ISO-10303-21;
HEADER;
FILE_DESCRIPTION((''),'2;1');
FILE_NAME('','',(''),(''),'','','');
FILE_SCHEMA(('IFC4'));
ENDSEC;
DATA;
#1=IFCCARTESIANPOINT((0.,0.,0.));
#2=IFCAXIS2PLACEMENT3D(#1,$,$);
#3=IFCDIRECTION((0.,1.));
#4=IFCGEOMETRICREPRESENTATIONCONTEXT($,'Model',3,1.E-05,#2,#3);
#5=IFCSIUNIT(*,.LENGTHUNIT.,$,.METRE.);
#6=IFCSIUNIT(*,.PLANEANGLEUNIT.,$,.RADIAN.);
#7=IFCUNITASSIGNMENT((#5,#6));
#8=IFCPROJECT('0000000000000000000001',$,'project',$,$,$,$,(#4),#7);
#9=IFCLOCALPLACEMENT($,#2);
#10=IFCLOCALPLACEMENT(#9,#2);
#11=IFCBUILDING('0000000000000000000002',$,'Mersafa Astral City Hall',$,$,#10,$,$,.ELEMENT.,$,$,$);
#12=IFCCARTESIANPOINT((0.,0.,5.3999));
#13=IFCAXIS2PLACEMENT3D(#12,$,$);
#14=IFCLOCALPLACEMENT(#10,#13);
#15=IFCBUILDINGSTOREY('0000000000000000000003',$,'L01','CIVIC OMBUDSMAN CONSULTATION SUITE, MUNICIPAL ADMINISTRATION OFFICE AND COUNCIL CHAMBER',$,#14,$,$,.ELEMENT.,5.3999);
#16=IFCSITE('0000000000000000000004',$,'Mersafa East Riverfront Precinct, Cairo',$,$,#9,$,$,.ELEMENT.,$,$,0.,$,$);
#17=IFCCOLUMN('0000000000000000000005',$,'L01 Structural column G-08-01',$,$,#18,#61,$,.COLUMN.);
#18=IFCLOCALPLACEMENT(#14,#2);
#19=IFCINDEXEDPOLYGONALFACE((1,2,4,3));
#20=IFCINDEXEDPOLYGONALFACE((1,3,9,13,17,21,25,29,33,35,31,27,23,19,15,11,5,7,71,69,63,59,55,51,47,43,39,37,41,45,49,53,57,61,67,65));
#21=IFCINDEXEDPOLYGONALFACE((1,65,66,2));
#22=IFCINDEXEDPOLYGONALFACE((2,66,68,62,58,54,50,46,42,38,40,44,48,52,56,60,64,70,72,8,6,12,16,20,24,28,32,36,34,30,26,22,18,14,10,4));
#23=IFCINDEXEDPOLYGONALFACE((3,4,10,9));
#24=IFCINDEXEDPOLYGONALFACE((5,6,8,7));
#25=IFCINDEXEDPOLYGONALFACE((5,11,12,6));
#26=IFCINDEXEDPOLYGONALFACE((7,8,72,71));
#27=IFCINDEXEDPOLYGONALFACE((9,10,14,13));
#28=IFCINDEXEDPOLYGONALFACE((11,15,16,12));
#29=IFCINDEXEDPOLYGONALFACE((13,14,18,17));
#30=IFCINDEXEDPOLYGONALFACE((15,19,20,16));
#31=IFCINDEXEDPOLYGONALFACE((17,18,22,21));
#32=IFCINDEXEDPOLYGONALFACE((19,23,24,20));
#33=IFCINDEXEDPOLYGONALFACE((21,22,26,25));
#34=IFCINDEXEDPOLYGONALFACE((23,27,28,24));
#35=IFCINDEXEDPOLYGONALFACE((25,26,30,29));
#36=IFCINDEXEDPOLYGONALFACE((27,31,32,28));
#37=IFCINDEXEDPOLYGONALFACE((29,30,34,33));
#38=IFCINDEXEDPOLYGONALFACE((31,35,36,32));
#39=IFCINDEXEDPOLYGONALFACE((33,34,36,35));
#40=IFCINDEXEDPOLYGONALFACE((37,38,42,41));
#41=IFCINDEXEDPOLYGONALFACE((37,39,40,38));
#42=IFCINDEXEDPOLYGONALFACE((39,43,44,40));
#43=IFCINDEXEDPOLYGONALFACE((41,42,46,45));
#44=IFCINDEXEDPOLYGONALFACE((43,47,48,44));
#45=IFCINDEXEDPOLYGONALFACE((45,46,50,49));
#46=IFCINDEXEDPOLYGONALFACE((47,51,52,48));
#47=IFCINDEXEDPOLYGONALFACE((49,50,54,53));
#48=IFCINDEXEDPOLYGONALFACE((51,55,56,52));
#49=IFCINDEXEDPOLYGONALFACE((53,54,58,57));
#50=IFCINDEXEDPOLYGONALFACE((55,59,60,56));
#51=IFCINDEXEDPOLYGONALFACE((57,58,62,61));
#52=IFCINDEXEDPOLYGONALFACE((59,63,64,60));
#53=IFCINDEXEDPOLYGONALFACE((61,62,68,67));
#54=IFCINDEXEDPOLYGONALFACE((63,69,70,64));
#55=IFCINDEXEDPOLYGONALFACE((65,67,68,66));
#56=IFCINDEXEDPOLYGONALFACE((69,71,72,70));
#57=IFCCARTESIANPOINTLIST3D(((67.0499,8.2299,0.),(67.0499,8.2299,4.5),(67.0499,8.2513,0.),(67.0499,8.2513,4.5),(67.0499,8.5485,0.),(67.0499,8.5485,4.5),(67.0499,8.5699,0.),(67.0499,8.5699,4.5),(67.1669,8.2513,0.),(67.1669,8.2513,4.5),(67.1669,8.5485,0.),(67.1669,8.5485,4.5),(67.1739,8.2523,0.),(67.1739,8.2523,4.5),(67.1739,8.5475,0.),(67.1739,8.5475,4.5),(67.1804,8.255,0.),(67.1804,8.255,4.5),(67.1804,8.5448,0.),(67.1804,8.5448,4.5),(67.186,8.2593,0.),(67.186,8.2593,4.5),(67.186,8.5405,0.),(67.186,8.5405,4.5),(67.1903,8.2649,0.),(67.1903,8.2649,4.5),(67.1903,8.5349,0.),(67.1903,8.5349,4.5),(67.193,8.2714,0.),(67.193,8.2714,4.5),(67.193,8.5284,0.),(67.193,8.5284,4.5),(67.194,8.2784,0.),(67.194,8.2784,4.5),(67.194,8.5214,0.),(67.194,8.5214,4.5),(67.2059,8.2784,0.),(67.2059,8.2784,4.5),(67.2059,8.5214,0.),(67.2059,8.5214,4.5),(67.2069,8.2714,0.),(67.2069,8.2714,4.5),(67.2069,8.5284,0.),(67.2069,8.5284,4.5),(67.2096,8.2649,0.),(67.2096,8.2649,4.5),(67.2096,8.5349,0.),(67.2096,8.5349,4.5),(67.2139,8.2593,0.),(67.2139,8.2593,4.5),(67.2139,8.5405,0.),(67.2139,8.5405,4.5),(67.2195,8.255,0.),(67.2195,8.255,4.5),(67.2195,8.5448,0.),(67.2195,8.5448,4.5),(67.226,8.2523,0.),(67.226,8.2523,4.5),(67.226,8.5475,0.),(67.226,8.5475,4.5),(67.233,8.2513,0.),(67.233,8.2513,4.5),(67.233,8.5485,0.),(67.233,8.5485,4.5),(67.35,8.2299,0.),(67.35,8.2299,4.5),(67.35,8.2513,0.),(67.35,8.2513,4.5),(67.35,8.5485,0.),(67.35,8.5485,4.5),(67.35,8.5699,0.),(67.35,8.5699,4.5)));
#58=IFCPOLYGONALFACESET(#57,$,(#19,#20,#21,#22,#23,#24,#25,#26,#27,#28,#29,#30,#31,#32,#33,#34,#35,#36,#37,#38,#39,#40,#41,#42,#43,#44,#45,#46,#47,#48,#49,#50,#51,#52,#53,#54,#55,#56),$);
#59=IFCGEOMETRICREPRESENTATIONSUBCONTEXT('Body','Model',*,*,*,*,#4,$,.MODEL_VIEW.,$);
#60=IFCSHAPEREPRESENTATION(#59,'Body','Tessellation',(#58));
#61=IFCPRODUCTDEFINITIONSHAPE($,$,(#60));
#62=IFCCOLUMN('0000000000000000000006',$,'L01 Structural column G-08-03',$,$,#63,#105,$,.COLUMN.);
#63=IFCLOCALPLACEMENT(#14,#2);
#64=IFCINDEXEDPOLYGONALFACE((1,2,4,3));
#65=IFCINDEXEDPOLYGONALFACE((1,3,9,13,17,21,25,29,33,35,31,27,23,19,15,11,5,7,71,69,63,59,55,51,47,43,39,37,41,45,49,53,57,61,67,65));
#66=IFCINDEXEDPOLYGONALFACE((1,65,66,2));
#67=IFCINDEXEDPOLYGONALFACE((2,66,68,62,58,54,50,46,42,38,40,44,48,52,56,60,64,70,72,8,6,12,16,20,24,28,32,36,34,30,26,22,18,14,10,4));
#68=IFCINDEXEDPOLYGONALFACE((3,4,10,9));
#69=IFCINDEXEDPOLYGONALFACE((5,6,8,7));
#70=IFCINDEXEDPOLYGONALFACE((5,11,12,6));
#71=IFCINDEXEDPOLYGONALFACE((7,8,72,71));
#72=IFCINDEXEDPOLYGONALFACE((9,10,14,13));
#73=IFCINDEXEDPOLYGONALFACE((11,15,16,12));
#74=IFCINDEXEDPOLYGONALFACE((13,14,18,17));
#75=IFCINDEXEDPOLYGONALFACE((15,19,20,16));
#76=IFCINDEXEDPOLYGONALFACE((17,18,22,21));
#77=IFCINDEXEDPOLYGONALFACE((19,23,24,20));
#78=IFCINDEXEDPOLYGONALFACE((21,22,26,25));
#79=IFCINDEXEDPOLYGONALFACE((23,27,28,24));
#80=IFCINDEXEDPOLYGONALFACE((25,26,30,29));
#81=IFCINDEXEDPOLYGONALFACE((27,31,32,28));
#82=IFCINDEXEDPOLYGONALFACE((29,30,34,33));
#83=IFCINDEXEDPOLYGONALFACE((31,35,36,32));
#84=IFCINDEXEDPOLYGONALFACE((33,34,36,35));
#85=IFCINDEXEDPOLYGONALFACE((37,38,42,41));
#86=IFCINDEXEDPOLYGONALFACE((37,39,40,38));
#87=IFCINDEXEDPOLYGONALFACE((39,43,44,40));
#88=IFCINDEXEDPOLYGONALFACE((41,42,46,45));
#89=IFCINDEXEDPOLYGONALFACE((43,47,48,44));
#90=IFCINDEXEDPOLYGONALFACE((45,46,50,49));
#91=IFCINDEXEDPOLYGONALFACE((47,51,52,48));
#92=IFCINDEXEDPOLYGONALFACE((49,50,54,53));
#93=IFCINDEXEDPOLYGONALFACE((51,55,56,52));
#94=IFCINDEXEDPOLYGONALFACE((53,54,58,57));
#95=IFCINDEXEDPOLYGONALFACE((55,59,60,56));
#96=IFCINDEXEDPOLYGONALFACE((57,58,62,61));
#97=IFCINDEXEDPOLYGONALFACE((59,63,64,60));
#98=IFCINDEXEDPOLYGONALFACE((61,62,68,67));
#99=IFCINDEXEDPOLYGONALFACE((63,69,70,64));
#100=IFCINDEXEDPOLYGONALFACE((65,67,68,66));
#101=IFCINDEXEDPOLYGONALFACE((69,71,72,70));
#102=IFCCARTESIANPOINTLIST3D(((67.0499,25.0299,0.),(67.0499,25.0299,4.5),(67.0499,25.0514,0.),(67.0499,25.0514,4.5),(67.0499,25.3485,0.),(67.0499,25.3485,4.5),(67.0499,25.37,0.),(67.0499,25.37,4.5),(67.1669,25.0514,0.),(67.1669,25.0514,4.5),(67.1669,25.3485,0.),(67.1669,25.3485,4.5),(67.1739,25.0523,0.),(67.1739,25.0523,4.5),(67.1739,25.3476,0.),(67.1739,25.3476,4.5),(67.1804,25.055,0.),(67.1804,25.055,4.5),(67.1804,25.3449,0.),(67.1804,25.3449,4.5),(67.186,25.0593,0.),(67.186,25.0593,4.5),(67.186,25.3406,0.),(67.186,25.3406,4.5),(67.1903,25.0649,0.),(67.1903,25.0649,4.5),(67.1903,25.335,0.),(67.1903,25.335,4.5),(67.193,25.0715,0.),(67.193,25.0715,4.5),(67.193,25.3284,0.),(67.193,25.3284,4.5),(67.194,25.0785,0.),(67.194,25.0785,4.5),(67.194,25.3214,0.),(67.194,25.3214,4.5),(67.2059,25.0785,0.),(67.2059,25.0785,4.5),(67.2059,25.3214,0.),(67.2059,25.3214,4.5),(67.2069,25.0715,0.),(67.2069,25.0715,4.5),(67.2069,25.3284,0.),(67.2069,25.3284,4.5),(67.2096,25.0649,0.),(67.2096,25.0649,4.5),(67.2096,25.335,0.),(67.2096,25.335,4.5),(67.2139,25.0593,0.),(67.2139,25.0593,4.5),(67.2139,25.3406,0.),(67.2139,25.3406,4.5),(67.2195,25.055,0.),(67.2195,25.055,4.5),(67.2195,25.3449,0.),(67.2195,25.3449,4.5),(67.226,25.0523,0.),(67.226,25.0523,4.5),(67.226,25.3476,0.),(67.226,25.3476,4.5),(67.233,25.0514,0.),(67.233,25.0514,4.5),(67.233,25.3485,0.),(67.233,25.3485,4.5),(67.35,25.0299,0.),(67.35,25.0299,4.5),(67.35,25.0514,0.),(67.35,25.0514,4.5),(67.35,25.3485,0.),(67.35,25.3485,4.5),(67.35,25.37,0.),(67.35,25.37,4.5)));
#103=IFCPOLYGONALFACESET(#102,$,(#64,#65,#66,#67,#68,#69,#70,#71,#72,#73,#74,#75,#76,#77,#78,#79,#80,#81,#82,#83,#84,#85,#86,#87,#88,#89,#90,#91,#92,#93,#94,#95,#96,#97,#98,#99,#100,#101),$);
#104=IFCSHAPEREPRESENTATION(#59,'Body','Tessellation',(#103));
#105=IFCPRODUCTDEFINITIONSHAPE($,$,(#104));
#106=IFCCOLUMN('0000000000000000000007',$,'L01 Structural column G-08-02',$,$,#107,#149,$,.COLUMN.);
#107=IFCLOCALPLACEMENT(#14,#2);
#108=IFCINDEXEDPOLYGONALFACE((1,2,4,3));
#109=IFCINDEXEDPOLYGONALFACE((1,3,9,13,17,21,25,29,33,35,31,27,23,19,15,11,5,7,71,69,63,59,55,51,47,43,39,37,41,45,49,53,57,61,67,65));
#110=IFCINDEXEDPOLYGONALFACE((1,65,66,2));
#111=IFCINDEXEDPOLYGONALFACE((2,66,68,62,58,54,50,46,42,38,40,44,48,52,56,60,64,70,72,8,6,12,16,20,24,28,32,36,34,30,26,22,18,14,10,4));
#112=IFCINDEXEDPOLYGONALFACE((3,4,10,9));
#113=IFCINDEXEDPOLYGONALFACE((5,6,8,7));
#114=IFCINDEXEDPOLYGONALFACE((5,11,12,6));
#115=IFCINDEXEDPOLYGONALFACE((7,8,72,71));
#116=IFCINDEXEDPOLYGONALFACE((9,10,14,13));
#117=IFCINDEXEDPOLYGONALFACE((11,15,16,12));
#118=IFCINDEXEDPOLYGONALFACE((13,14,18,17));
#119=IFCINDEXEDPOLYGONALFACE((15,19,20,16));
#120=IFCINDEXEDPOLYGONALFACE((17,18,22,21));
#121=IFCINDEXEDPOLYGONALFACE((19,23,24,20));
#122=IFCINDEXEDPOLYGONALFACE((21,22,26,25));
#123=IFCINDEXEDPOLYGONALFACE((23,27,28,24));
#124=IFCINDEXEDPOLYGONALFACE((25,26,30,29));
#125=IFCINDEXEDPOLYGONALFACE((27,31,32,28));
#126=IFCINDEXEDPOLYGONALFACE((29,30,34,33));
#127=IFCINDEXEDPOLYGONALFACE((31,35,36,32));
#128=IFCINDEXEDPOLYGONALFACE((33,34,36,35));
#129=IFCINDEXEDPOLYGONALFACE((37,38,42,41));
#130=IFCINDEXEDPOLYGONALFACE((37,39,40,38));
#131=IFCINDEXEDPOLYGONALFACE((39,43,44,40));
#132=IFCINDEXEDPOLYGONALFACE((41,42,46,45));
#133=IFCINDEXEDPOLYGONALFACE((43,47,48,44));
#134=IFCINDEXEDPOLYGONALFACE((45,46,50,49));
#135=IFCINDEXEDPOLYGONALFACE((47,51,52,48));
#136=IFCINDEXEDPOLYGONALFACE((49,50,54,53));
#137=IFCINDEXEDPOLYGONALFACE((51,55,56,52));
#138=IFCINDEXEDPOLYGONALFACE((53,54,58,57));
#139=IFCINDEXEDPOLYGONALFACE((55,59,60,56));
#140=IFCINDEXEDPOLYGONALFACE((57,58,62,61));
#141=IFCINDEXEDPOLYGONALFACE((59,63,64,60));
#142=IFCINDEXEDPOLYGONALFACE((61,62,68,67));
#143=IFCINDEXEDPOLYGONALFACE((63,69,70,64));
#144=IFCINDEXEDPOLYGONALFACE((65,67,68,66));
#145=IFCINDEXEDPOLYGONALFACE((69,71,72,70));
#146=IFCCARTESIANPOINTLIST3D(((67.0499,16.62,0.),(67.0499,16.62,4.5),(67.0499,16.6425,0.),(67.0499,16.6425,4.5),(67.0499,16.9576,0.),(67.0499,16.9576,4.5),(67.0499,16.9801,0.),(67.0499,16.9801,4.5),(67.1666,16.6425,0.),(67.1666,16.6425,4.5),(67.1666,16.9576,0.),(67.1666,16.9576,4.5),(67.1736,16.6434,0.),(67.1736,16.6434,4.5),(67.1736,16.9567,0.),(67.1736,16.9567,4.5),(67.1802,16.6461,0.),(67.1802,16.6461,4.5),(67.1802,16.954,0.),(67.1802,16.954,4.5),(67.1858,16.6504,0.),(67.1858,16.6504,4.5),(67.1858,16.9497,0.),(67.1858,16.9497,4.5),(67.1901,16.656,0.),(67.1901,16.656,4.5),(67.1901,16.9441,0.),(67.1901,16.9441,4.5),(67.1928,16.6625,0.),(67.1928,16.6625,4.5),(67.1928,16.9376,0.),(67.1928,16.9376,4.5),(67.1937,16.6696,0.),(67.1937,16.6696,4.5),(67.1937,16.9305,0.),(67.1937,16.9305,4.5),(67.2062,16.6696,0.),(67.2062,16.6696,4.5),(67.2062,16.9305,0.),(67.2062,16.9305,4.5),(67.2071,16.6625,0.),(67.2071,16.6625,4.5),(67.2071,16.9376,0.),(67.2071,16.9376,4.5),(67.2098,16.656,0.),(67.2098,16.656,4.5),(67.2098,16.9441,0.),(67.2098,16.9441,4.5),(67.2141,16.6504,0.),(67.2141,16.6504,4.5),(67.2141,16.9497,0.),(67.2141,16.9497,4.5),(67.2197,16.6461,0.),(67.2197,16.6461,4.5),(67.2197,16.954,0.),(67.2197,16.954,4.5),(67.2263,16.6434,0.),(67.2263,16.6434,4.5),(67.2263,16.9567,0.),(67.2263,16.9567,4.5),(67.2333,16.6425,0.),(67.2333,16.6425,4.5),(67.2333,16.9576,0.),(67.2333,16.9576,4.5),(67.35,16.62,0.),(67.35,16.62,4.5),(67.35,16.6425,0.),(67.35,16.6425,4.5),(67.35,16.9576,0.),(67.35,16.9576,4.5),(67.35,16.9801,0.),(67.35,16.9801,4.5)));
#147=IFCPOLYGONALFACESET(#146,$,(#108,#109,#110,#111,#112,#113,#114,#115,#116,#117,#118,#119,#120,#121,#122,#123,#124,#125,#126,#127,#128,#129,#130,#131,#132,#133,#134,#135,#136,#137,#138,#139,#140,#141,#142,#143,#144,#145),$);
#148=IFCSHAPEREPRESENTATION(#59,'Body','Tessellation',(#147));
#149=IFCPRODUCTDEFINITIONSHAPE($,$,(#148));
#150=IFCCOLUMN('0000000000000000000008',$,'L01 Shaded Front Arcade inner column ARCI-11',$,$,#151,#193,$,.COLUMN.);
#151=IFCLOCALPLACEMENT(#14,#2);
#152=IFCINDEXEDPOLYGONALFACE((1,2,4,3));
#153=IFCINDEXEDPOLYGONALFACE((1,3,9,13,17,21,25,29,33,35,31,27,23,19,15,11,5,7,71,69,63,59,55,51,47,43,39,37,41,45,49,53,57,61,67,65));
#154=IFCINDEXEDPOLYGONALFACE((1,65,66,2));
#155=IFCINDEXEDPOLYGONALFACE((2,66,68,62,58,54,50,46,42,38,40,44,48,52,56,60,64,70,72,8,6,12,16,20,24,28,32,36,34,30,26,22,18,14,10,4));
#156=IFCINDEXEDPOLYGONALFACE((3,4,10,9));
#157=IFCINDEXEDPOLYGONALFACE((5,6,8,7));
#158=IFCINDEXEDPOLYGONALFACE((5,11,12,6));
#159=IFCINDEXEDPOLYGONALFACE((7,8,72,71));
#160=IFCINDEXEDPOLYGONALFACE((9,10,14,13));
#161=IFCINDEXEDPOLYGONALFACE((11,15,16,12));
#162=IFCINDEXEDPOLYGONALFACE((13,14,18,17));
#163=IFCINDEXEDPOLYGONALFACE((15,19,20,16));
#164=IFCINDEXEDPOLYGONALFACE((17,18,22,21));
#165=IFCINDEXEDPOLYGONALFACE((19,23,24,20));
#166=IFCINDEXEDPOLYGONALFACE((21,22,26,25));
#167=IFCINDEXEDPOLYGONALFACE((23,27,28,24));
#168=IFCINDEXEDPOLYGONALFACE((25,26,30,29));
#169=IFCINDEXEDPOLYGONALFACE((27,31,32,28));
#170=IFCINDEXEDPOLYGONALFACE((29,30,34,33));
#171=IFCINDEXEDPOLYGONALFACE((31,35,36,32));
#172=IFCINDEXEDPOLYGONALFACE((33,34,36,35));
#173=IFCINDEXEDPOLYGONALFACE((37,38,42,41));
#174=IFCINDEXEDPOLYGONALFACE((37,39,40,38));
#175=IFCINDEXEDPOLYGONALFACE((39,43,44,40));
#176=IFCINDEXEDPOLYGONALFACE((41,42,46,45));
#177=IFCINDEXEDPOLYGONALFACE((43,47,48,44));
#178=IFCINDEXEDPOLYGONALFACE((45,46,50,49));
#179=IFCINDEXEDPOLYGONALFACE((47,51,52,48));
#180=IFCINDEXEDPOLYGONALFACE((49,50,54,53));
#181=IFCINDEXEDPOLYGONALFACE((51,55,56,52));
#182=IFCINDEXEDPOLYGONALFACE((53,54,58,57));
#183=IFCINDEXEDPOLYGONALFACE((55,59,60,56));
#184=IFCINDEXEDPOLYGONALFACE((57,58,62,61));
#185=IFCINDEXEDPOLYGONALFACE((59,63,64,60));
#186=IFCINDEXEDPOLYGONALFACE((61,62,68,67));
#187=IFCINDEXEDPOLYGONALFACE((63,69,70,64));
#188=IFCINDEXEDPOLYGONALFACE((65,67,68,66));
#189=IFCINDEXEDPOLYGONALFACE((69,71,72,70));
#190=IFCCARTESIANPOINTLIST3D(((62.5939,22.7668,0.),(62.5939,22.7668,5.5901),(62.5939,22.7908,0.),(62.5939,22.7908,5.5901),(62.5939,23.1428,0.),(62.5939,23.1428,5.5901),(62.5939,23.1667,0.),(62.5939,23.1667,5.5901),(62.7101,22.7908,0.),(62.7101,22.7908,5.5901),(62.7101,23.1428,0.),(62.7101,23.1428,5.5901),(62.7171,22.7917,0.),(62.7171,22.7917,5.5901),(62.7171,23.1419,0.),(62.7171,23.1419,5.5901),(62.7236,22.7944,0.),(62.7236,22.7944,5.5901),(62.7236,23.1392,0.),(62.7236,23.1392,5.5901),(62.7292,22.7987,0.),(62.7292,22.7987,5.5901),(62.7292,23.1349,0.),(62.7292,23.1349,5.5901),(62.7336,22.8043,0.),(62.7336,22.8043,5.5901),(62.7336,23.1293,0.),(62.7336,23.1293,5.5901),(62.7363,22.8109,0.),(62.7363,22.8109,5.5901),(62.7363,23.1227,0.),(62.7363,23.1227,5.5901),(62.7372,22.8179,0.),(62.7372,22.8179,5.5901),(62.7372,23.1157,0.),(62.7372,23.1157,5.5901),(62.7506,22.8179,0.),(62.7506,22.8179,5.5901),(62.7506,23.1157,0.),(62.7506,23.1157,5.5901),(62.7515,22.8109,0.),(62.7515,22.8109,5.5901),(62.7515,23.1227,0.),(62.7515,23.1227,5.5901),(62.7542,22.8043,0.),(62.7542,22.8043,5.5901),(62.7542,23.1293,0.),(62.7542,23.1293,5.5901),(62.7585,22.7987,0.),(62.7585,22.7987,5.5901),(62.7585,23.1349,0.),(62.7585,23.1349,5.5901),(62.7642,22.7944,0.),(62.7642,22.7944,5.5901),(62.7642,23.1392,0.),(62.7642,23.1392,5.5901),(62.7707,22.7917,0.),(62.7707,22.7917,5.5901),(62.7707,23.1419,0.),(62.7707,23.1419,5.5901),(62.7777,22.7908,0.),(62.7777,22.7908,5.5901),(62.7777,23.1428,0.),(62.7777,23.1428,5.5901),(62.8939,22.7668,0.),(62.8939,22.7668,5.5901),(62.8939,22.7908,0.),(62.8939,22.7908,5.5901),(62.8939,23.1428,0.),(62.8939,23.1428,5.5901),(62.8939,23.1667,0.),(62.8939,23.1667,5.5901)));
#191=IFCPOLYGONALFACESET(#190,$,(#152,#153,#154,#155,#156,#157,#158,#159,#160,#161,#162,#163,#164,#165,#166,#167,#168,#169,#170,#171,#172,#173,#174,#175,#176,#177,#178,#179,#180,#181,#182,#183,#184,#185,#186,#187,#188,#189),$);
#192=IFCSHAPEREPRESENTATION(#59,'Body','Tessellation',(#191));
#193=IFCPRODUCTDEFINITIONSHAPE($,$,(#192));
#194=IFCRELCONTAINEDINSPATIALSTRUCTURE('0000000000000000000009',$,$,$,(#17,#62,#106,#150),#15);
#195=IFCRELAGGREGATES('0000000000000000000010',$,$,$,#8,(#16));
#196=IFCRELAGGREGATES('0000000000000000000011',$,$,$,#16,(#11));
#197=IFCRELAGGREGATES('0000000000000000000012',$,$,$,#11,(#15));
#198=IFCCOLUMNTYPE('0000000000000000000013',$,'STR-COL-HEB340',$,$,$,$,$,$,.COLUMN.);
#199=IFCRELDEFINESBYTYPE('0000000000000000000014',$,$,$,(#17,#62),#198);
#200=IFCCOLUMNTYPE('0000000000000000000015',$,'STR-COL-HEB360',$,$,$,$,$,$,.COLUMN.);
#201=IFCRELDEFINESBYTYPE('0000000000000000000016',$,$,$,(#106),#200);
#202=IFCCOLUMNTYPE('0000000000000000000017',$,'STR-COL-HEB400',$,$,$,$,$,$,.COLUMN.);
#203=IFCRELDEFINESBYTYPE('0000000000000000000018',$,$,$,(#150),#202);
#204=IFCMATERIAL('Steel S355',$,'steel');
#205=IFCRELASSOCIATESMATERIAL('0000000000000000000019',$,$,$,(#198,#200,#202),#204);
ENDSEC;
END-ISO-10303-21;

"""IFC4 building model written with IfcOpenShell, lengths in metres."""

from ifc_helpers import new_model, si_unit, direction, frame, origin, origin_2d, place, context, subcontext, project, spatial, i_section, extrude, material, material_profile, profile_set, type_object, element, save


model = new_model("IFC4")

# Units and contexts
model_context = context("Model", 3, precision=1e-05, world=origin(), true_north=direction((0.0, 1.0)))
body_context = subcontext(model_context, "Body", "Model", "MODEL_VIEW")
ifc_project = project(units=[si_unit("LENGTHUNIT", "METRE"), si_unit("PLANEANGLEUNIT", "RADIAN")], contexts=[model_context])

# Site, building, storey
site_placement = place(None, origin())
site = spatial("IfcSite", under=ifc_project, at=site_placement, Name="Mersafa East Riverfront Precinct, Cairo", CompositionType="ELEMENT", RefElevation=0.0)
building_placement = place(site_placement, origin())
building = spatial("IfcBuilding", under=site, at=building_placement, Name="Mersafa Astral City Hall", CompositionType="ELEMENT")
storey_placement = place(building_placement, frame((0.0, 0.0, 5.3999)))
storey = spatial("IfcBuildingStorey", under=building, at=storey_placement, Name="L01", Description="CIVIC OMBUDSMAN CONSULTATION SUITE, MUNICIPAL ADMINISTRATION OFFICE AND COUNCIL CHAMBER", CompositionType="ELEMENT", Elevation=5.3999)

# Columns
ifc_material_1 = material(Name="Steel S355", Category="steel")
ifc_material_profile_1 = material_profile(ifc_material_1, i_section(OverallWidth=0.3, OverallDepth=0.3401, WebThickness=0.012, FlangeThickness=0.0215, FilletRadius=0.0271, at=origin_2d()), Name="HEB 340")
ifc_profile_set_1 = profile_set([ifc_material_profile_1], Name="Steel S355")
column_type_1 = type_object("IfcColumnType", Name="STR-COL-HEB340", PredefinedType="COLUMN", material=ifc_profile_set_1)
for number, where, z_axis, x_axis, name in (
    (1, (67.2, 8.3999, 0.0), (0.0, 0.0, 1.0), (1.0, 0.0, 0.0), "L01 Structural column G-08-01"),
    (2, (67.2, 25.2, 0.0), (0.0, 0.0, 1.0), (1.0, 0.0, 0.0), "L01 Structural column G-08-03"),
):
    element("IfcColumn", number, at=place(storey_placement, frame(where, z_axis=z_axis, x_axis=x_axis)), inside=storey, type_object=column_type_1, Name=name, PredefinedType="COLUMN", context=body_context, shape_type="SweptSolid", body=[
        extrude(i_section(OverallWidth=0.3, OverallDepth=0.3401, WebThickness=0.012, FlangeThickness=0.0215, FilletRadius=0.0271, at=origin_2d()), origin(), (0.0, 0.0, 1.0), 4.5),
    ])
ifc_material_profile_2 = material_profile(ifc_material_1, i_section(OverallWidth=0.3, OverallDepth=0.3601, WebThickness=0.0125, FlangeThickness=0.0225, FilletRadius=0.0271, at=origin_2d()), Name="HEB 360")
ifc_profile_set_2 = profile_set([ifc_material_profile_2], Name="Steel S355")
column_type_2 = type_object("IfcColumnType", Name="STR-COL-HEB360", PredefinedType="COLUMN", material=ifc_profile_set_2)
column_placement = place(storey_placement, frame((67.2, 16.8, 0.0), z_axis=(0.0, 0.0, 1.0), x_axis=(1.0, 0.0, 0.0)))
element("IfcColumn", 3, at=column_placement, inside=storey, type_object=column_type_2, Name="L01 Structural column G-08-02", PredefinedType="COLUMN", context=body_context, shape_type="SweptSolid", body=[
    extrude(i_section(OverallWidth=0.3, OverallDepth=0.3601, WebThickness=0.0125, FlangeThickness=0.0225, FilletRadius=0.0271, at=origin_2d()), origin(), (0.0, 0.0, 1.0), 4.5),
])
ifc_material_profile_3 = material_profile(ifc_material_1, i_section(OverallWidth=0.3, OverallDepth=0.3999, WebThickness=0.0134, FlangeThickness=0.0239, FilletRadius=0.0271, at=origin_2d()), Name="HEB 400")
ifc_profile_set_3 = profile_set([ifc_material_profile_3], Name="Steel S355")
column_type_3 = type_object("IfcColumnType", Name="STR-COL-HEB400", PredefinedType="COLUMN", material=ifc_profile_set_3)
for number, where, z_axis, x_axis, name in (
    (4, (62.7439, 22.9668, 0.0), (0.0, 0.0, 1.0), (1.0, 0.0, 0.0), "L01 Shaded Front Arcade inner column ARCI-11"),
):
    element("IfcColumn", number, at=place(storey_placement, frame(where, z_axis=z_axis, x_axis=x_axis)), inside=storey, type_object=column_type_3, Name=name, PredefinedType="COLUMN", context=body_context, shape_type="SweptSolid", body=[
        extrude(i_section(OverallWidth=0.3, OverallDepth=0.3999, WebThickness=0.0134, FlangeThickness=0.0239, FilletRadius=0.0271, at=origin_2d()), origin(), (0.0, 0.0, 1.0), 5.5901),
    ])

save(model, "model.ifc")
